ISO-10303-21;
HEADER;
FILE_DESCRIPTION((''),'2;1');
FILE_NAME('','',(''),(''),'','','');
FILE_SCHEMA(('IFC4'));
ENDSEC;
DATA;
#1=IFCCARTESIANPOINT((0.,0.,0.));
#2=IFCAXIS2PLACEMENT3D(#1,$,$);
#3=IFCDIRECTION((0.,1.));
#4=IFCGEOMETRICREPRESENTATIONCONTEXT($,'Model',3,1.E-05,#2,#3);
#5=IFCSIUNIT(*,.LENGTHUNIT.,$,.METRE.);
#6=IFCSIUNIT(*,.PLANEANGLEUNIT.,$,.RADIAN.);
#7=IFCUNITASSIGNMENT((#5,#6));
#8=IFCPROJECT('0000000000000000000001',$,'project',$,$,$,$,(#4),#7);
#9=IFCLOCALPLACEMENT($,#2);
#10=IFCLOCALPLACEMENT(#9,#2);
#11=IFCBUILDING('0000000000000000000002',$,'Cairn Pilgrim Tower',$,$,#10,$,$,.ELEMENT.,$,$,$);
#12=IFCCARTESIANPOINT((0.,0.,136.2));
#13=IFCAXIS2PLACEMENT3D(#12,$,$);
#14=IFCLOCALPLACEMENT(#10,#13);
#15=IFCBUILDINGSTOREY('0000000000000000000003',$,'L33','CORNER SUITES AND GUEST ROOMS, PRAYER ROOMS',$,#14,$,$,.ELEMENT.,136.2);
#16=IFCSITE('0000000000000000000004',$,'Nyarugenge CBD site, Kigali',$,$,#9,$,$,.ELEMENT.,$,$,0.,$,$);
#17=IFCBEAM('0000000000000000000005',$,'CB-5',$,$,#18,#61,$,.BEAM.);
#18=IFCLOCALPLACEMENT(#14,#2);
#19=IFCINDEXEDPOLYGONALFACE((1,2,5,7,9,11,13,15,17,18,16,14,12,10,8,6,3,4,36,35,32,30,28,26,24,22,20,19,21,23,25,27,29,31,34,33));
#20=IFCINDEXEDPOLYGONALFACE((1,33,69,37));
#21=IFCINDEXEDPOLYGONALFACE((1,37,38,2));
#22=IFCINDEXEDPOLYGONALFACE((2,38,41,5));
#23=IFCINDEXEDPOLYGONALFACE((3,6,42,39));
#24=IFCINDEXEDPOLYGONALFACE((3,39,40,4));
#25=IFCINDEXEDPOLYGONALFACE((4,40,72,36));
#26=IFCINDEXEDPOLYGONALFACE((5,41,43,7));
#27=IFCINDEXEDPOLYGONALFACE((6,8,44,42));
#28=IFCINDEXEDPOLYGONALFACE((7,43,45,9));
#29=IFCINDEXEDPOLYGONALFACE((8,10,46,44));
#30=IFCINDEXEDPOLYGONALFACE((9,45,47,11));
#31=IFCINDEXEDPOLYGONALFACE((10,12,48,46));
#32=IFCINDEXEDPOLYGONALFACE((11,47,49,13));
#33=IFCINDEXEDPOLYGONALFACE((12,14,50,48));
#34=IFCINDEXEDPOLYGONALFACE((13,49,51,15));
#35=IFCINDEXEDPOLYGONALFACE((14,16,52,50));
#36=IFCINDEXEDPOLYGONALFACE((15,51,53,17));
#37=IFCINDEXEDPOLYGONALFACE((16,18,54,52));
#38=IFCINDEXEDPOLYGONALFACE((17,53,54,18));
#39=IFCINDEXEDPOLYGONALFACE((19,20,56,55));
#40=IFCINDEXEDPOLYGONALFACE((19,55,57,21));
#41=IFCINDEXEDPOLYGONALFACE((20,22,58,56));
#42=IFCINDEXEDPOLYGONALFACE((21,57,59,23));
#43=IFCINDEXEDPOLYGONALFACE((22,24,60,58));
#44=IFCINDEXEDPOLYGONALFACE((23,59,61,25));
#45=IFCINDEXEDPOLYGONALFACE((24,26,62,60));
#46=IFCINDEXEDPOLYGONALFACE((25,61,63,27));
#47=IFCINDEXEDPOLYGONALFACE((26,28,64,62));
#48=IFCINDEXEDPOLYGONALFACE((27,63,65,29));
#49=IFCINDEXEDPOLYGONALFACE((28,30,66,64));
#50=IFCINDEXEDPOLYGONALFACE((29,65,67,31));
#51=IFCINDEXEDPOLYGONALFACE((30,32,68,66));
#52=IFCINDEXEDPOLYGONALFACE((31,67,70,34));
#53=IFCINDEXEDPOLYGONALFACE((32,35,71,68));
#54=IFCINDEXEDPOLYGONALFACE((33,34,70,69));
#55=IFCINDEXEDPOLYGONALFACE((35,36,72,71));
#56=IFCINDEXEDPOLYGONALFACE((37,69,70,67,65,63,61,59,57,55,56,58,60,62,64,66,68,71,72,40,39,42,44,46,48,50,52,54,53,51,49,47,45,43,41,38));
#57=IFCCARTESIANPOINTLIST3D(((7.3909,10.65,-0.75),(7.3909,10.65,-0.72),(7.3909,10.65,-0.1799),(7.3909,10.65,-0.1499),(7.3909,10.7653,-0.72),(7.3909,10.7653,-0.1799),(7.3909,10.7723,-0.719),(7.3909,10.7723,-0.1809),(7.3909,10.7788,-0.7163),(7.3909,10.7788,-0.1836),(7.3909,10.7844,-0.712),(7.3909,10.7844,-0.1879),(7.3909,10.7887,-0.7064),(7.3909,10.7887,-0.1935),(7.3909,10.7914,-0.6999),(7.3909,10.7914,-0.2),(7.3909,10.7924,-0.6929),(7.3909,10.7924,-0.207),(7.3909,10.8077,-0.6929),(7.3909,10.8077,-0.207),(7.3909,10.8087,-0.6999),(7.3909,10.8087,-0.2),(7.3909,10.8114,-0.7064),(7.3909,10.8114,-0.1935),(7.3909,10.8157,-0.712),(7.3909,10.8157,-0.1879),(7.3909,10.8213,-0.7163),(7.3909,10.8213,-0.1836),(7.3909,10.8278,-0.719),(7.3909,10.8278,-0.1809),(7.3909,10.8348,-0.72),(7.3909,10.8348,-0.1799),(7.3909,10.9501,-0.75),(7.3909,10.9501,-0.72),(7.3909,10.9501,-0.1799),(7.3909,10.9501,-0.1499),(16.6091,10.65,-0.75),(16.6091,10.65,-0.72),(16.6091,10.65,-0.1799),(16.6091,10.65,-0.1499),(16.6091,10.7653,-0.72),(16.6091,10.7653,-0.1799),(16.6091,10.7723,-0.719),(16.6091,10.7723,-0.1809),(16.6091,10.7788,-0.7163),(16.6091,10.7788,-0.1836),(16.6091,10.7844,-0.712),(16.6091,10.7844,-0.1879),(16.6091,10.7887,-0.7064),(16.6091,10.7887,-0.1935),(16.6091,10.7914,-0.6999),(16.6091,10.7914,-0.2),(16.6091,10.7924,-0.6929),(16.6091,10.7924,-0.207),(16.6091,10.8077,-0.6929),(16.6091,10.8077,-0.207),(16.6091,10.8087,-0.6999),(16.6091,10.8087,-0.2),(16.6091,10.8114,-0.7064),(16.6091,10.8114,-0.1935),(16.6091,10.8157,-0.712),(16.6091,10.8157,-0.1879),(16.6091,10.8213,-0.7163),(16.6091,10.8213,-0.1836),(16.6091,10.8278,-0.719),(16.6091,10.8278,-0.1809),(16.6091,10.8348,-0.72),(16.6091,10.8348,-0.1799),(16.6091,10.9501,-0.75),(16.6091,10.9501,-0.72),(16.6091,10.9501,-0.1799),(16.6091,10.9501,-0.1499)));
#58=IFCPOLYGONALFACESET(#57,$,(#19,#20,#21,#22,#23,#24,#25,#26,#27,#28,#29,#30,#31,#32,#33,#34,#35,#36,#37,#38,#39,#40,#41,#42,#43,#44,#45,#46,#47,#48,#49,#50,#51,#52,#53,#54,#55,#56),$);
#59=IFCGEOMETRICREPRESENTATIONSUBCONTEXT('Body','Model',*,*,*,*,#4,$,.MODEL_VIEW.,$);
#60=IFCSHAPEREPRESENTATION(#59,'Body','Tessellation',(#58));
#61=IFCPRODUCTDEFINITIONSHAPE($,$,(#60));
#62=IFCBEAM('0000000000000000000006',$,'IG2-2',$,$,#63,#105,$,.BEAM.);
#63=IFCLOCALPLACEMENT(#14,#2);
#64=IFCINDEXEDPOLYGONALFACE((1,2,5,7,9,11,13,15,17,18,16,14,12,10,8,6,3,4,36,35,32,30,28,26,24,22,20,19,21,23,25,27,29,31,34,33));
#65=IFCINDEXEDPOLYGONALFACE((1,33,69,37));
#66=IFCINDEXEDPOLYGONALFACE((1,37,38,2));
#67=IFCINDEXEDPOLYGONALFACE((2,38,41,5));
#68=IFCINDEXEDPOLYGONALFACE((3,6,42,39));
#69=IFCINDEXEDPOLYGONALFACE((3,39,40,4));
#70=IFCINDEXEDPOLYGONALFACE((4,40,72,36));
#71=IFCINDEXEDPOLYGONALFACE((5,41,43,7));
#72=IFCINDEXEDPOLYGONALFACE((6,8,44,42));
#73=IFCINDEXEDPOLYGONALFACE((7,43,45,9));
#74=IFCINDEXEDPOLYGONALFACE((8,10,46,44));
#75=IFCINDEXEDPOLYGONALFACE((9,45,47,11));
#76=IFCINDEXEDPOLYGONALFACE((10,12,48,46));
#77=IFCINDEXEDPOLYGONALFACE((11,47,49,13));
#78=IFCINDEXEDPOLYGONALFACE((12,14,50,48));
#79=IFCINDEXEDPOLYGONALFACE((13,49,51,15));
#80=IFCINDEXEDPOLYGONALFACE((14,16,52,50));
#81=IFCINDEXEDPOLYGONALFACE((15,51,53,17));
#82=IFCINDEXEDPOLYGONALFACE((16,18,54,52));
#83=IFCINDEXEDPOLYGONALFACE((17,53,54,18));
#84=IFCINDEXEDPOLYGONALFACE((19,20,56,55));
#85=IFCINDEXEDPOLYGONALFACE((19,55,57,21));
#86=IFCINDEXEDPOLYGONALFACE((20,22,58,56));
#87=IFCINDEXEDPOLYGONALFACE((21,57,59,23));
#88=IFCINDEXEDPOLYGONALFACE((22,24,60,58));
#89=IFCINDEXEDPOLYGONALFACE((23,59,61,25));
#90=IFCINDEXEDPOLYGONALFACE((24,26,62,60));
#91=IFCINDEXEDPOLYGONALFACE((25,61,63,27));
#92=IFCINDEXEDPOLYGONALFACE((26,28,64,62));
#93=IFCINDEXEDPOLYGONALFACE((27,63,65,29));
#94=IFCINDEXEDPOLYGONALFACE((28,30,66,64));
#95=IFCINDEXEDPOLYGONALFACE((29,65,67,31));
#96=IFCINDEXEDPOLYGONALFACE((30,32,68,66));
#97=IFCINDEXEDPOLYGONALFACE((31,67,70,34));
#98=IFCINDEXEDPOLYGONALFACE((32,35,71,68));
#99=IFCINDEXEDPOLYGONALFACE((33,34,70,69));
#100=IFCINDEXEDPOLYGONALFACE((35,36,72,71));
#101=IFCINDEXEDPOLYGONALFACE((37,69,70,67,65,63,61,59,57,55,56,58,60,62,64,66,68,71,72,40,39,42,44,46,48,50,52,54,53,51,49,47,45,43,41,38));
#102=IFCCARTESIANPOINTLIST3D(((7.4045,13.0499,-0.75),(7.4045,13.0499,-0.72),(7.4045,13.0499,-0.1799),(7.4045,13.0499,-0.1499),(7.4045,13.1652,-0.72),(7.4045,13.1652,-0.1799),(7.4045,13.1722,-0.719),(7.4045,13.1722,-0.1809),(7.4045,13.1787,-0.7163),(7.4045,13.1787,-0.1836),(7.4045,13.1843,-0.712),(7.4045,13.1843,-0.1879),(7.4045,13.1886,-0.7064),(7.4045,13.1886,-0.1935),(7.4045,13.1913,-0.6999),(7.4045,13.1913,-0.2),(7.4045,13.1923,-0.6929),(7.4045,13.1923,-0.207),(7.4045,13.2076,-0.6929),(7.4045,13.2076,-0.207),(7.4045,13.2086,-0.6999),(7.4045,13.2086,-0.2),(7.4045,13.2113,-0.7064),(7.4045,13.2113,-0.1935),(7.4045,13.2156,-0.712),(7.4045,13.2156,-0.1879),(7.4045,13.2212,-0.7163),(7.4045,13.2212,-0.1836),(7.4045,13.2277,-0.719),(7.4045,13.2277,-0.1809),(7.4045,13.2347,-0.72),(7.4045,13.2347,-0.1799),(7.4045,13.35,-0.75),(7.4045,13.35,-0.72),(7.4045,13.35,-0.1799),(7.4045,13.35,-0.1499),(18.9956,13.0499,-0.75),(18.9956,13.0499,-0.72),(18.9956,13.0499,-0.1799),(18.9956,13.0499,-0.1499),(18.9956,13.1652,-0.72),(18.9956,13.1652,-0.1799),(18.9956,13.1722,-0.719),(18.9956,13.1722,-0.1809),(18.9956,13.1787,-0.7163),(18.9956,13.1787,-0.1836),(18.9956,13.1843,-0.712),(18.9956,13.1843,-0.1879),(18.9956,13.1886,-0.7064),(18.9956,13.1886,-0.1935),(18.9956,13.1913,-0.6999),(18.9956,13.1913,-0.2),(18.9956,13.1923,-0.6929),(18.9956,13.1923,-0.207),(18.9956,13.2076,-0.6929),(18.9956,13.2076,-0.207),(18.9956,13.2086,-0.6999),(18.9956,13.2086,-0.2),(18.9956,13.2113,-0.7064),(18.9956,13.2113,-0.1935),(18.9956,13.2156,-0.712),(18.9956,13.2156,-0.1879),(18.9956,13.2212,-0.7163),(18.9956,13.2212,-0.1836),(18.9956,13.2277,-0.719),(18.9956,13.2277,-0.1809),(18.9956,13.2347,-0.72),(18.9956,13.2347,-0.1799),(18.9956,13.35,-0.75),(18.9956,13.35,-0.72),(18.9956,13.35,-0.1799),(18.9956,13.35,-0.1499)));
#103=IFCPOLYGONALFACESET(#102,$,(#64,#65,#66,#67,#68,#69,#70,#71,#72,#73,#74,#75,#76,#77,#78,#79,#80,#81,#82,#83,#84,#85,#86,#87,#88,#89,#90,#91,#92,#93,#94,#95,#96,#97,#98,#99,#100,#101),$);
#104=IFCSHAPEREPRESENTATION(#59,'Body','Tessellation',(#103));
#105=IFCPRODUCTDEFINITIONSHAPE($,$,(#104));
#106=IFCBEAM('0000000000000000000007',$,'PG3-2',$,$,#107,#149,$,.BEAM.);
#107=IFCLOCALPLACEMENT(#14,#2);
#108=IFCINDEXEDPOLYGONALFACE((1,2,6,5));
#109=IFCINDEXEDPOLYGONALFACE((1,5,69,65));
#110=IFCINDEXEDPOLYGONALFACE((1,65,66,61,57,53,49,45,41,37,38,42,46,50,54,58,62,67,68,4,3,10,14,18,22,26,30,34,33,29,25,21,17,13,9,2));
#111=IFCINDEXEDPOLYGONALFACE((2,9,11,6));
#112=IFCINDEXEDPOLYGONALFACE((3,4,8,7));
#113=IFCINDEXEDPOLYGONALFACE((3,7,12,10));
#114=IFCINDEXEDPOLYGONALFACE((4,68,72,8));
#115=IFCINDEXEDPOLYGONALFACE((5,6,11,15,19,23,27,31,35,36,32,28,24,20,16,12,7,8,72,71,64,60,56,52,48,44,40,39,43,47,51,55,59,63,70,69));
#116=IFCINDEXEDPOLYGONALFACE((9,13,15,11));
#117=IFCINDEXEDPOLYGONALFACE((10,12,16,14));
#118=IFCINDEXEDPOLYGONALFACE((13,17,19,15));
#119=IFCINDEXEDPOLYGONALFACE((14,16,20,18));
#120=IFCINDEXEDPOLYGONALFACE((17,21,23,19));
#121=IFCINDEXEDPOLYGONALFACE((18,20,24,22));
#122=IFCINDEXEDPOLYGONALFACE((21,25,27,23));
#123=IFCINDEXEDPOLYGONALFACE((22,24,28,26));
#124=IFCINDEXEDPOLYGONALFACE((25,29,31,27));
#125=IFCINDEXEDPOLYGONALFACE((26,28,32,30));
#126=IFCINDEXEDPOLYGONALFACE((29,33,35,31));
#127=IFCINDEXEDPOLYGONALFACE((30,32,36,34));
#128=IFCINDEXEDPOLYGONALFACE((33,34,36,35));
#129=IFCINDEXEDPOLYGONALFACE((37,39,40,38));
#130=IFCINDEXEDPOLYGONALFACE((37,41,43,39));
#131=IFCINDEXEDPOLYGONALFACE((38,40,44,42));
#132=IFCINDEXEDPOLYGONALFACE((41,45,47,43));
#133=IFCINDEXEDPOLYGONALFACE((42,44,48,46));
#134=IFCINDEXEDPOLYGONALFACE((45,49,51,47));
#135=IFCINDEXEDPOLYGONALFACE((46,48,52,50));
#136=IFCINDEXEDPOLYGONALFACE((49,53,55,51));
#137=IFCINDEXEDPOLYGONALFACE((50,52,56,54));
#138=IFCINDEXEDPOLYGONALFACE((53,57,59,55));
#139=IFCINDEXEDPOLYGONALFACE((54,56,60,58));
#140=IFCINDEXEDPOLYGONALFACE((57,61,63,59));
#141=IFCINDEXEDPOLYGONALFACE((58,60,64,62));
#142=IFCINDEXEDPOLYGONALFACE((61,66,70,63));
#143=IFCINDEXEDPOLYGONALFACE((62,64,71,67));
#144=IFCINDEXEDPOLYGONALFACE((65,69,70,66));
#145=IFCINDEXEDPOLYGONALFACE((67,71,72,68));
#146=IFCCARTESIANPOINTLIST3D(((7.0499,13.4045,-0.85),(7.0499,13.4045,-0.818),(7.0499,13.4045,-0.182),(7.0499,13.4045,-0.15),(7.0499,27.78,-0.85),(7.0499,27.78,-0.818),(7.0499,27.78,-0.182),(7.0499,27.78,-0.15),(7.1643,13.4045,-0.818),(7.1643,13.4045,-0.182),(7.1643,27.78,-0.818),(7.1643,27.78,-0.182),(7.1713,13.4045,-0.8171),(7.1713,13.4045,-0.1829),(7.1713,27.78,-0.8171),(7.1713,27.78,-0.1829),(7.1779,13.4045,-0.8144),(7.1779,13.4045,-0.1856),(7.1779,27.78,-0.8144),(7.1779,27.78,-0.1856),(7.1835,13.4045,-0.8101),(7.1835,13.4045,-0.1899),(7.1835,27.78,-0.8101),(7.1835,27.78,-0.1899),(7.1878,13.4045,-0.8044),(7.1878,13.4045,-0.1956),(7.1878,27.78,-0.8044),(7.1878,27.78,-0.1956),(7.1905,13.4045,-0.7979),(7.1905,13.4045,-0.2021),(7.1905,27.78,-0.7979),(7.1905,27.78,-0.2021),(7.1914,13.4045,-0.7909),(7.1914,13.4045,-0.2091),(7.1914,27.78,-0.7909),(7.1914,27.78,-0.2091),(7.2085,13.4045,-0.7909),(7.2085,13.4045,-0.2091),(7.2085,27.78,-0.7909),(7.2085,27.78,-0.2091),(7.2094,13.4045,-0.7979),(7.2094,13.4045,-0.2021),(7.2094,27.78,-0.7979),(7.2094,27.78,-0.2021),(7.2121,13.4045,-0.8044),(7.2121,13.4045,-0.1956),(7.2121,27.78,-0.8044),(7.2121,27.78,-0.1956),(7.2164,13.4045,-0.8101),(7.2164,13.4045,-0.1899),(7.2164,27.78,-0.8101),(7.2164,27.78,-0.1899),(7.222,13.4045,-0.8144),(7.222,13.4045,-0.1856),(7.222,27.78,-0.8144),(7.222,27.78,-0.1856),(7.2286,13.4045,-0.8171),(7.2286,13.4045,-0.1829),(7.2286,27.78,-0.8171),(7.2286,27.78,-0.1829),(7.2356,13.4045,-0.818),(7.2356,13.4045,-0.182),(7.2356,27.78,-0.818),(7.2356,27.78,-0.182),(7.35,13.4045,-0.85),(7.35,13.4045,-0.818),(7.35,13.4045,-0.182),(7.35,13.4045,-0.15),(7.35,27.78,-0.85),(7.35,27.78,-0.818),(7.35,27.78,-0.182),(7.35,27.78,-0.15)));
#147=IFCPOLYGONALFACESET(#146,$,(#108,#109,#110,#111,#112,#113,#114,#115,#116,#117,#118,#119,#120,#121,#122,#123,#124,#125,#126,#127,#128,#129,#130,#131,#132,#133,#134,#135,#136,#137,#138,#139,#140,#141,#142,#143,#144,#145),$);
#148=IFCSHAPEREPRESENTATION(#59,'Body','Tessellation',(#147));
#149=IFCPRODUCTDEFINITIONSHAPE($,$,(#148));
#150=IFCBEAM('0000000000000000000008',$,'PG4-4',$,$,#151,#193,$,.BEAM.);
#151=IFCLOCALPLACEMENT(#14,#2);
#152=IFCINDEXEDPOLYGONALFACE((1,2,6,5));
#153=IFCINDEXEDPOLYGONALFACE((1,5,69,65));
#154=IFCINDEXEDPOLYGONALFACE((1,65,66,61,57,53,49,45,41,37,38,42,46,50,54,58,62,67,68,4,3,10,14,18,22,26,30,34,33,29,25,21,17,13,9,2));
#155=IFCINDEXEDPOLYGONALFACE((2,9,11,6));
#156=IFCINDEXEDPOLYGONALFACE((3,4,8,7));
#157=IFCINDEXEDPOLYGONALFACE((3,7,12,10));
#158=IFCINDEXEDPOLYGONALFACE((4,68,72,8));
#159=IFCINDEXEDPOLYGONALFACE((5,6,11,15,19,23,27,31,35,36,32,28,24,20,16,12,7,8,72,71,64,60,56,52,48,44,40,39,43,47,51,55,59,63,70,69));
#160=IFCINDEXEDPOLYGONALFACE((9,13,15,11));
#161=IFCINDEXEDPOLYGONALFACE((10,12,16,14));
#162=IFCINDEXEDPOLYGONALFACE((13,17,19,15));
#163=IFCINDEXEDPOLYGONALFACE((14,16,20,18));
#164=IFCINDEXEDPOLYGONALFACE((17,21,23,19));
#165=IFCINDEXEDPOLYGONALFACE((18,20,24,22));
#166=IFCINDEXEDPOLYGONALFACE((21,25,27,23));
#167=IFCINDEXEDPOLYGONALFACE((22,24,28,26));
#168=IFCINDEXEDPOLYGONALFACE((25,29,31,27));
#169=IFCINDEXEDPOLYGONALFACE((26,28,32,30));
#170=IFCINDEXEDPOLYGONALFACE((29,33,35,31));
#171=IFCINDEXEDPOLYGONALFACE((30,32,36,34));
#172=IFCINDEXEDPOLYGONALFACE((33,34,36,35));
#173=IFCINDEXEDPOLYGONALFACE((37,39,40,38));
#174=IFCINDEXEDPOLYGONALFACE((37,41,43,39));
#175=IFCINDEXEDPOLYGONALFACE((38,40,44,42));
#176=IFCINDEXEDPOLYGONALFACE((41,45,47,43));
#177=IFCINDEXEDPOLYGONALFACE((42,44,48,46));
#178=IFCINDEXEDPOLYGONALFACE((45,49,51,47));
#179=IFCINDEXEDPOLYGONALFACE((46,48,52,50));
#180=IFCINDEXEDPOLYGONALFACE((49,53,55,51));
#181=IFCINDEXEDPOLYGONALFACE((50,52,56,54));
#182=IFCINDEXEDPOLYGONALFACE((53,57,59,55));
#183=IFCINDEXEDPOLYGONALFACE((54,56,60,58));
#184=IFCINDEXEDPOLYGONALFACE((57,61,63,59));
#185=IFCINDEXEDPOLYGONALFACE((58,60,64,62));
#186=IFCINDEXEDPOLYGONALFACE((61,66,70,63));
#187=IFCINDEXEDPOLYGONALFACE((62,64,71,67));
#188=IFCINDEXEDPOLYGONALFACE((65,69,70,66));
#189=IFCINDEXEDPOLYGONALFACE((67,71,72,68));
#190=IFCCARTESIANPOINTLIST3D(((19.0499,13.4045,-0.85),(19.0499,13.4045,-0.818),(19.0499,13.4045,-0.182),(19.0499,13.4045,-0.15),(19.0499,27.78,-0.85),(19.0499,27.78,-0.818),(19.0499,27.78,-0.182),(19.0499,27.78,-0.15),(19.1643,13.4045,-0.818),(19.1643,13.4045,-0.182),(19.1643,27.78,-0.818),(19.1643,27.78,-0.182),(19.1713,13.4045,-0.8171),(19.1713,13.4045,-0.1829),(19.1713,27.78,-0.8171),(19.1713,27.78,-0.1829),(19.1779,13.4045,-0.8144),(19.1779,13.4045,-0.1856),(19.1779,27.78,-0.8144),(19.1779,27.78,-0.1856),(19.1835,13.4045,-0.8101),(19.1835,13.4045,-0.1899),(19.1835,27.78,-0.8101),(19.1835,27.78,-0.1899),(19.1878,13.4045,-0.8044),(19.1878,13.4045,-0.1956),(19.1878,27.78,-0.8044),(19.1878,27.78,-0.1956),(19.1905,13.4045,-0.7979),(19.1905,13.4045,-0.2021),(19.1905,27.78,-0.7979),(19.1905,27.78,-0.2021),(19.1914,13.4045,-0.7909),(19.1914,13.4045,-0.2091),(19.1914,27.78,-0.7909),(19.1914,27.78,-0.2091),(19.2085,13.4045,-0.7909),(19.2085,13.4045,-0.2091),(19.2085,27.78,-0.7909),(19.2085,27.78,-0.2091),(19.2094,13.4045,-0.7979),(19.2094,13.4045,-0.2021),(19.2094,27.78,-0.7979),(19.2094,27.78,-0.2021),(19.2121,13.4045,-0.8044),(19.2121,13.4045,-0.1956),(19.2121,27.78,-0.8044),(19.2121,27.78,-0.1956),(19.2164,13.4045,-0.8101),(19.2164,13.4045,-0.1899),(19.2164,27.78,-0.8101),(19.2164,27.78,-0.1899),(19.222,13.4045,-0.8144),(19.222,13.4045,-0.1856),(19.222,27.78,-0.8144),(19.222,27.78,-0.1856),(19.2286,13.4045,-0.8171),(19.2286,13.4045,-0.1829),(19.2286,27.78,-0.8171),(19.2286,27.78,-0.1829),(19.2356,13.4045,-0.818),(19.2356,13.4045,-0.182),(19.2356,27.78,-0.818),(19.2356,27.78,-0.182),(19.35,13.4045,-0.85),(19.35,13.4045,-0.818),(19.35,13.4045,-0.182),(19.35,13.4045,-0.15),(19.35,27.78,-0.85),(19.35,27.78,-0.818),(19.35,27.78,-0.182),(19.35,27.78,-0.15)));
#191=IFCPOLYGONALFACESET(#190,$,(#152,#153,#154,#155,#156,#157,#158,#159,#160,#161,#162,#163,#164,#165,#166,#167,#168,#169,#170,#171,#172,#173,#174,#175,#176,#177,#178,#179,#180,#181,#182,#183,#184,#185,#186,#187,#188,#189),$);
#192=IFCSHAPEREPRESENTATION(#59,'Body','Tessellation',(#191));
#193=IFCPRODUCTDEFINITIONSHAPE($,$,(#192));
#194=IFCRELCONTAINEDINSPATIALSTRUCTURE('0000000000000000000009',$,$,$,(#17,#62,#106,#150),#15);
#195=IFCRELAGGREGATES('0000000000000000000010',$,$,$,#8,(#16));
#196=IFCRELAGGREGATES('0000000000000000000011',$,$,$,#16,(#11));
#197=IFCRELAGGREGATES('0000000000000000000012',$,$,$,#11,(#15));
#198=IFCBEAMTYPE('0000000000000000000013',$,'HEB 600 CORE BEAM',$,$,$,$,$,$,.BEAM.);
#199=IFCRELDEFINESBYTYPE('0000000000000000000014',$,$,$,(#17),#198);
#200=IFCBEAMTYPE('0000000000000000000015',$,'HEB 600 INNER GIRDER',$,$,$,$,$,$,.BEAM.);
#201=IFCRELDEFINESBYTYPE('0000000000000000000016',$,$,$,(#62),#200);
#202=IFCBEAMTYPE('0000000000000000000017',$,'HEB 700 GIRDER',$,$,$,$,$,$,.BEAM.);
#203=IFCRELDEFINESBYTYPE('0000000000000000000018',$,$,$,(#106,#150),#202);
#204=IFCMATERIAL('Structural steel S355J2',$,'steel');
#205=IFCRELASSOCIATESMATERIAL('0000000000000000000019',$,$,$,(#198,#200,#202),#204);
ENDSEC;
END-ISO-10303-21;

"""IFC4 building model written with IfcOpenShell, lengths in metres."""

from ifc_helpers import new_model, si_unit, direction, frame, origin, origin_2d, place, context, subcontext, project, spatial, i_section, extrude, material, material_profile, profile_set, type_object, element, save


model = new_model("IFC4")

# Units and contexts
model_context = context("Model", 3, precision=1e-05, world=origin(), true_north=direction((0.0, 1.0)))
body_context = subcontext(model_context, "Body", "Model", "MODEL_VIEW")
ifc_project = project(units=[si_unit("LENGTHUNIT", "METRE"), si_unit("PLANEANGLEUNIT", "RADIAN")], contexts=[model_context])

# Site, building, storey
site_placement = place(None, origin())
site = spatial("IfcSite", under=ifc_project, at=site_placement, Name="Nyarugenge CBD site, Kigali", CompositionType="ELEMENT", RefElevation=0.0)
building_placement = place(site_placement, origin())
building = spatial("IfcBuilding", under=site, at=building_placement, Name="Cairn Pilgrim Tower", CompositionType="ELEMENT")
storey_placement = place(building_placement, frame((0.0, 0.0, 136.2)))
storey = spatial("IfcBuildingStorey", under=building, at=storey_placement, Name="L33", Description="CORNER SUITES AND GUEST ROOMS, PRAYER ROOMS", CompositionType="ELEMENT", Elevation=136.2)

# Beams
ifc_material_1 = material(Name="Structural steel S355J2", Category="steel")
ifc_material_profile_1 = material_profile(ifc_material_1, i_section(OverallWidth=0.3, OverallDepth=0.6001, WebThickness=0.0154, FlangeThickness=0.03, FilletRadius=0.0271, at=origin_2d()), Name="HEB 600")
ifc_profile_set_1 = profile_set([ifc_material_profile_1], Name="Structural steel S355J2")
beam_type_1 = type_object("IfcBeamType", Name="HEB 600 CORE BEAM", PredefinedType="BEAM", material=ifc_profile_set_1)
beam_1_placement = place(storey_placement, frame((16.6091, 10.8, -0.45), z_axis=(-1.0, 0.0, 0.0), x_axis=(0.0, -1.0, 0.0)))
element("IfcBeam", 1, at=beam_1_placement, inside=storey, type_object=beam_type_1, Name="CB-5", PredefinedType="BEAM", context=body_context, shape_type="SweptSolid", body=[
    extrude(i_section(OverallWidth=0.3, OverallDepth=0.6001, WebThickness=0.0154, FlangeThickness=0.03, FilletRadius=0.0271, at=origin_2d()), origin(), (0.0, 0.0, 1.0), 9.2183),
])
ifc_material_profile_2 = material_profile(ifc_material_1, i_section(OverallWidth=0.3, OverallDepth=0.6001, WebThickness=0.0154, FlangeThickness=0.03, FilletRadius=0.0271, at=origin_2d()), Name="HEB 600")
ifc_profile_set_2 = profile_set([ifc_material_profile_2], Name="Structural steel S355J2")
beam_type_2 = type_object("IfcBeamType", Name="HEB 600 INNER GIRDER", PredefinedType="BEAM", material=ifc_profile_set_2)
beam_2_placement = place(storey_placement, frame((7.4045, 13.2, -0.45), z_axis=(1.0, 0.0, 0.0), x_axis=(0.0, 1.0, 0.0)))
element("IfcBeam", 2, at=beam_2_placement, inside=storey, type_object=beam_type_2, Name="IG2-2", PredefinedType="BEAM", context=body_context, shape_type="SweptSolid", body=[
    extrude(i_section(OverallWidth=0.3, OverallDepth=0.6001, WebThickness=0.0154, FlangeThickness=0.03, FilletRadius=0.0271, at=origin_2d()), origin(), (0.0, 0.0, 1.0), 11.5911),
])
ifc_material_profile_3 = material_profile(ifc_material_1, i_section(OverallWidth=0.3, OverallDepth=0.7, WebThickness=0.0171, FlangeThickness=0.032, FilletRadius=0.0271, at=origin_2d()), Name="HEB 700")
ifc_profile_set_3 = profile_set([ifc_material_profile_3], Name="Structural steel S355J2")
beam_type_3 = type_object("IfcBeamType", Name="HEB 700 GIRDER", PredefinedType="BEAM", material=ifc_profile_set_3)
for number, where, z_axis, x_axis, name in (
    (3, (7.2, 13.4045, -0.5), (0.0, 1.0, 0.0), (-1.0, 0.0, 0.0), "PG3-2"),
    (4, (19.2, 13.4045, -0.5), (0.0, 1.0, 0.0), (-1.0, 0.0, 0.0), "PG4-4"),
):
    element("IfcBeam", number, at=place(storey_placement, frame(where, z_axis=z_axis, x_axis=x_axis)), inside=storey, type_object=beam_type_3, Name=name, PredefinedType="BEAM", context=body_context, shape_type="SweptSolid", body=[
        extrude(i_section(OverallWidth=0.3, OverallDepth=0.7, WebThickness=0.0171, FlangeThickness=0.032, FilletRadius=0.0271, at=origin_2d()), origin(), (0.0, 0.0, 1.0), 14.3755),
    ])

save(model, "model.ifc")
